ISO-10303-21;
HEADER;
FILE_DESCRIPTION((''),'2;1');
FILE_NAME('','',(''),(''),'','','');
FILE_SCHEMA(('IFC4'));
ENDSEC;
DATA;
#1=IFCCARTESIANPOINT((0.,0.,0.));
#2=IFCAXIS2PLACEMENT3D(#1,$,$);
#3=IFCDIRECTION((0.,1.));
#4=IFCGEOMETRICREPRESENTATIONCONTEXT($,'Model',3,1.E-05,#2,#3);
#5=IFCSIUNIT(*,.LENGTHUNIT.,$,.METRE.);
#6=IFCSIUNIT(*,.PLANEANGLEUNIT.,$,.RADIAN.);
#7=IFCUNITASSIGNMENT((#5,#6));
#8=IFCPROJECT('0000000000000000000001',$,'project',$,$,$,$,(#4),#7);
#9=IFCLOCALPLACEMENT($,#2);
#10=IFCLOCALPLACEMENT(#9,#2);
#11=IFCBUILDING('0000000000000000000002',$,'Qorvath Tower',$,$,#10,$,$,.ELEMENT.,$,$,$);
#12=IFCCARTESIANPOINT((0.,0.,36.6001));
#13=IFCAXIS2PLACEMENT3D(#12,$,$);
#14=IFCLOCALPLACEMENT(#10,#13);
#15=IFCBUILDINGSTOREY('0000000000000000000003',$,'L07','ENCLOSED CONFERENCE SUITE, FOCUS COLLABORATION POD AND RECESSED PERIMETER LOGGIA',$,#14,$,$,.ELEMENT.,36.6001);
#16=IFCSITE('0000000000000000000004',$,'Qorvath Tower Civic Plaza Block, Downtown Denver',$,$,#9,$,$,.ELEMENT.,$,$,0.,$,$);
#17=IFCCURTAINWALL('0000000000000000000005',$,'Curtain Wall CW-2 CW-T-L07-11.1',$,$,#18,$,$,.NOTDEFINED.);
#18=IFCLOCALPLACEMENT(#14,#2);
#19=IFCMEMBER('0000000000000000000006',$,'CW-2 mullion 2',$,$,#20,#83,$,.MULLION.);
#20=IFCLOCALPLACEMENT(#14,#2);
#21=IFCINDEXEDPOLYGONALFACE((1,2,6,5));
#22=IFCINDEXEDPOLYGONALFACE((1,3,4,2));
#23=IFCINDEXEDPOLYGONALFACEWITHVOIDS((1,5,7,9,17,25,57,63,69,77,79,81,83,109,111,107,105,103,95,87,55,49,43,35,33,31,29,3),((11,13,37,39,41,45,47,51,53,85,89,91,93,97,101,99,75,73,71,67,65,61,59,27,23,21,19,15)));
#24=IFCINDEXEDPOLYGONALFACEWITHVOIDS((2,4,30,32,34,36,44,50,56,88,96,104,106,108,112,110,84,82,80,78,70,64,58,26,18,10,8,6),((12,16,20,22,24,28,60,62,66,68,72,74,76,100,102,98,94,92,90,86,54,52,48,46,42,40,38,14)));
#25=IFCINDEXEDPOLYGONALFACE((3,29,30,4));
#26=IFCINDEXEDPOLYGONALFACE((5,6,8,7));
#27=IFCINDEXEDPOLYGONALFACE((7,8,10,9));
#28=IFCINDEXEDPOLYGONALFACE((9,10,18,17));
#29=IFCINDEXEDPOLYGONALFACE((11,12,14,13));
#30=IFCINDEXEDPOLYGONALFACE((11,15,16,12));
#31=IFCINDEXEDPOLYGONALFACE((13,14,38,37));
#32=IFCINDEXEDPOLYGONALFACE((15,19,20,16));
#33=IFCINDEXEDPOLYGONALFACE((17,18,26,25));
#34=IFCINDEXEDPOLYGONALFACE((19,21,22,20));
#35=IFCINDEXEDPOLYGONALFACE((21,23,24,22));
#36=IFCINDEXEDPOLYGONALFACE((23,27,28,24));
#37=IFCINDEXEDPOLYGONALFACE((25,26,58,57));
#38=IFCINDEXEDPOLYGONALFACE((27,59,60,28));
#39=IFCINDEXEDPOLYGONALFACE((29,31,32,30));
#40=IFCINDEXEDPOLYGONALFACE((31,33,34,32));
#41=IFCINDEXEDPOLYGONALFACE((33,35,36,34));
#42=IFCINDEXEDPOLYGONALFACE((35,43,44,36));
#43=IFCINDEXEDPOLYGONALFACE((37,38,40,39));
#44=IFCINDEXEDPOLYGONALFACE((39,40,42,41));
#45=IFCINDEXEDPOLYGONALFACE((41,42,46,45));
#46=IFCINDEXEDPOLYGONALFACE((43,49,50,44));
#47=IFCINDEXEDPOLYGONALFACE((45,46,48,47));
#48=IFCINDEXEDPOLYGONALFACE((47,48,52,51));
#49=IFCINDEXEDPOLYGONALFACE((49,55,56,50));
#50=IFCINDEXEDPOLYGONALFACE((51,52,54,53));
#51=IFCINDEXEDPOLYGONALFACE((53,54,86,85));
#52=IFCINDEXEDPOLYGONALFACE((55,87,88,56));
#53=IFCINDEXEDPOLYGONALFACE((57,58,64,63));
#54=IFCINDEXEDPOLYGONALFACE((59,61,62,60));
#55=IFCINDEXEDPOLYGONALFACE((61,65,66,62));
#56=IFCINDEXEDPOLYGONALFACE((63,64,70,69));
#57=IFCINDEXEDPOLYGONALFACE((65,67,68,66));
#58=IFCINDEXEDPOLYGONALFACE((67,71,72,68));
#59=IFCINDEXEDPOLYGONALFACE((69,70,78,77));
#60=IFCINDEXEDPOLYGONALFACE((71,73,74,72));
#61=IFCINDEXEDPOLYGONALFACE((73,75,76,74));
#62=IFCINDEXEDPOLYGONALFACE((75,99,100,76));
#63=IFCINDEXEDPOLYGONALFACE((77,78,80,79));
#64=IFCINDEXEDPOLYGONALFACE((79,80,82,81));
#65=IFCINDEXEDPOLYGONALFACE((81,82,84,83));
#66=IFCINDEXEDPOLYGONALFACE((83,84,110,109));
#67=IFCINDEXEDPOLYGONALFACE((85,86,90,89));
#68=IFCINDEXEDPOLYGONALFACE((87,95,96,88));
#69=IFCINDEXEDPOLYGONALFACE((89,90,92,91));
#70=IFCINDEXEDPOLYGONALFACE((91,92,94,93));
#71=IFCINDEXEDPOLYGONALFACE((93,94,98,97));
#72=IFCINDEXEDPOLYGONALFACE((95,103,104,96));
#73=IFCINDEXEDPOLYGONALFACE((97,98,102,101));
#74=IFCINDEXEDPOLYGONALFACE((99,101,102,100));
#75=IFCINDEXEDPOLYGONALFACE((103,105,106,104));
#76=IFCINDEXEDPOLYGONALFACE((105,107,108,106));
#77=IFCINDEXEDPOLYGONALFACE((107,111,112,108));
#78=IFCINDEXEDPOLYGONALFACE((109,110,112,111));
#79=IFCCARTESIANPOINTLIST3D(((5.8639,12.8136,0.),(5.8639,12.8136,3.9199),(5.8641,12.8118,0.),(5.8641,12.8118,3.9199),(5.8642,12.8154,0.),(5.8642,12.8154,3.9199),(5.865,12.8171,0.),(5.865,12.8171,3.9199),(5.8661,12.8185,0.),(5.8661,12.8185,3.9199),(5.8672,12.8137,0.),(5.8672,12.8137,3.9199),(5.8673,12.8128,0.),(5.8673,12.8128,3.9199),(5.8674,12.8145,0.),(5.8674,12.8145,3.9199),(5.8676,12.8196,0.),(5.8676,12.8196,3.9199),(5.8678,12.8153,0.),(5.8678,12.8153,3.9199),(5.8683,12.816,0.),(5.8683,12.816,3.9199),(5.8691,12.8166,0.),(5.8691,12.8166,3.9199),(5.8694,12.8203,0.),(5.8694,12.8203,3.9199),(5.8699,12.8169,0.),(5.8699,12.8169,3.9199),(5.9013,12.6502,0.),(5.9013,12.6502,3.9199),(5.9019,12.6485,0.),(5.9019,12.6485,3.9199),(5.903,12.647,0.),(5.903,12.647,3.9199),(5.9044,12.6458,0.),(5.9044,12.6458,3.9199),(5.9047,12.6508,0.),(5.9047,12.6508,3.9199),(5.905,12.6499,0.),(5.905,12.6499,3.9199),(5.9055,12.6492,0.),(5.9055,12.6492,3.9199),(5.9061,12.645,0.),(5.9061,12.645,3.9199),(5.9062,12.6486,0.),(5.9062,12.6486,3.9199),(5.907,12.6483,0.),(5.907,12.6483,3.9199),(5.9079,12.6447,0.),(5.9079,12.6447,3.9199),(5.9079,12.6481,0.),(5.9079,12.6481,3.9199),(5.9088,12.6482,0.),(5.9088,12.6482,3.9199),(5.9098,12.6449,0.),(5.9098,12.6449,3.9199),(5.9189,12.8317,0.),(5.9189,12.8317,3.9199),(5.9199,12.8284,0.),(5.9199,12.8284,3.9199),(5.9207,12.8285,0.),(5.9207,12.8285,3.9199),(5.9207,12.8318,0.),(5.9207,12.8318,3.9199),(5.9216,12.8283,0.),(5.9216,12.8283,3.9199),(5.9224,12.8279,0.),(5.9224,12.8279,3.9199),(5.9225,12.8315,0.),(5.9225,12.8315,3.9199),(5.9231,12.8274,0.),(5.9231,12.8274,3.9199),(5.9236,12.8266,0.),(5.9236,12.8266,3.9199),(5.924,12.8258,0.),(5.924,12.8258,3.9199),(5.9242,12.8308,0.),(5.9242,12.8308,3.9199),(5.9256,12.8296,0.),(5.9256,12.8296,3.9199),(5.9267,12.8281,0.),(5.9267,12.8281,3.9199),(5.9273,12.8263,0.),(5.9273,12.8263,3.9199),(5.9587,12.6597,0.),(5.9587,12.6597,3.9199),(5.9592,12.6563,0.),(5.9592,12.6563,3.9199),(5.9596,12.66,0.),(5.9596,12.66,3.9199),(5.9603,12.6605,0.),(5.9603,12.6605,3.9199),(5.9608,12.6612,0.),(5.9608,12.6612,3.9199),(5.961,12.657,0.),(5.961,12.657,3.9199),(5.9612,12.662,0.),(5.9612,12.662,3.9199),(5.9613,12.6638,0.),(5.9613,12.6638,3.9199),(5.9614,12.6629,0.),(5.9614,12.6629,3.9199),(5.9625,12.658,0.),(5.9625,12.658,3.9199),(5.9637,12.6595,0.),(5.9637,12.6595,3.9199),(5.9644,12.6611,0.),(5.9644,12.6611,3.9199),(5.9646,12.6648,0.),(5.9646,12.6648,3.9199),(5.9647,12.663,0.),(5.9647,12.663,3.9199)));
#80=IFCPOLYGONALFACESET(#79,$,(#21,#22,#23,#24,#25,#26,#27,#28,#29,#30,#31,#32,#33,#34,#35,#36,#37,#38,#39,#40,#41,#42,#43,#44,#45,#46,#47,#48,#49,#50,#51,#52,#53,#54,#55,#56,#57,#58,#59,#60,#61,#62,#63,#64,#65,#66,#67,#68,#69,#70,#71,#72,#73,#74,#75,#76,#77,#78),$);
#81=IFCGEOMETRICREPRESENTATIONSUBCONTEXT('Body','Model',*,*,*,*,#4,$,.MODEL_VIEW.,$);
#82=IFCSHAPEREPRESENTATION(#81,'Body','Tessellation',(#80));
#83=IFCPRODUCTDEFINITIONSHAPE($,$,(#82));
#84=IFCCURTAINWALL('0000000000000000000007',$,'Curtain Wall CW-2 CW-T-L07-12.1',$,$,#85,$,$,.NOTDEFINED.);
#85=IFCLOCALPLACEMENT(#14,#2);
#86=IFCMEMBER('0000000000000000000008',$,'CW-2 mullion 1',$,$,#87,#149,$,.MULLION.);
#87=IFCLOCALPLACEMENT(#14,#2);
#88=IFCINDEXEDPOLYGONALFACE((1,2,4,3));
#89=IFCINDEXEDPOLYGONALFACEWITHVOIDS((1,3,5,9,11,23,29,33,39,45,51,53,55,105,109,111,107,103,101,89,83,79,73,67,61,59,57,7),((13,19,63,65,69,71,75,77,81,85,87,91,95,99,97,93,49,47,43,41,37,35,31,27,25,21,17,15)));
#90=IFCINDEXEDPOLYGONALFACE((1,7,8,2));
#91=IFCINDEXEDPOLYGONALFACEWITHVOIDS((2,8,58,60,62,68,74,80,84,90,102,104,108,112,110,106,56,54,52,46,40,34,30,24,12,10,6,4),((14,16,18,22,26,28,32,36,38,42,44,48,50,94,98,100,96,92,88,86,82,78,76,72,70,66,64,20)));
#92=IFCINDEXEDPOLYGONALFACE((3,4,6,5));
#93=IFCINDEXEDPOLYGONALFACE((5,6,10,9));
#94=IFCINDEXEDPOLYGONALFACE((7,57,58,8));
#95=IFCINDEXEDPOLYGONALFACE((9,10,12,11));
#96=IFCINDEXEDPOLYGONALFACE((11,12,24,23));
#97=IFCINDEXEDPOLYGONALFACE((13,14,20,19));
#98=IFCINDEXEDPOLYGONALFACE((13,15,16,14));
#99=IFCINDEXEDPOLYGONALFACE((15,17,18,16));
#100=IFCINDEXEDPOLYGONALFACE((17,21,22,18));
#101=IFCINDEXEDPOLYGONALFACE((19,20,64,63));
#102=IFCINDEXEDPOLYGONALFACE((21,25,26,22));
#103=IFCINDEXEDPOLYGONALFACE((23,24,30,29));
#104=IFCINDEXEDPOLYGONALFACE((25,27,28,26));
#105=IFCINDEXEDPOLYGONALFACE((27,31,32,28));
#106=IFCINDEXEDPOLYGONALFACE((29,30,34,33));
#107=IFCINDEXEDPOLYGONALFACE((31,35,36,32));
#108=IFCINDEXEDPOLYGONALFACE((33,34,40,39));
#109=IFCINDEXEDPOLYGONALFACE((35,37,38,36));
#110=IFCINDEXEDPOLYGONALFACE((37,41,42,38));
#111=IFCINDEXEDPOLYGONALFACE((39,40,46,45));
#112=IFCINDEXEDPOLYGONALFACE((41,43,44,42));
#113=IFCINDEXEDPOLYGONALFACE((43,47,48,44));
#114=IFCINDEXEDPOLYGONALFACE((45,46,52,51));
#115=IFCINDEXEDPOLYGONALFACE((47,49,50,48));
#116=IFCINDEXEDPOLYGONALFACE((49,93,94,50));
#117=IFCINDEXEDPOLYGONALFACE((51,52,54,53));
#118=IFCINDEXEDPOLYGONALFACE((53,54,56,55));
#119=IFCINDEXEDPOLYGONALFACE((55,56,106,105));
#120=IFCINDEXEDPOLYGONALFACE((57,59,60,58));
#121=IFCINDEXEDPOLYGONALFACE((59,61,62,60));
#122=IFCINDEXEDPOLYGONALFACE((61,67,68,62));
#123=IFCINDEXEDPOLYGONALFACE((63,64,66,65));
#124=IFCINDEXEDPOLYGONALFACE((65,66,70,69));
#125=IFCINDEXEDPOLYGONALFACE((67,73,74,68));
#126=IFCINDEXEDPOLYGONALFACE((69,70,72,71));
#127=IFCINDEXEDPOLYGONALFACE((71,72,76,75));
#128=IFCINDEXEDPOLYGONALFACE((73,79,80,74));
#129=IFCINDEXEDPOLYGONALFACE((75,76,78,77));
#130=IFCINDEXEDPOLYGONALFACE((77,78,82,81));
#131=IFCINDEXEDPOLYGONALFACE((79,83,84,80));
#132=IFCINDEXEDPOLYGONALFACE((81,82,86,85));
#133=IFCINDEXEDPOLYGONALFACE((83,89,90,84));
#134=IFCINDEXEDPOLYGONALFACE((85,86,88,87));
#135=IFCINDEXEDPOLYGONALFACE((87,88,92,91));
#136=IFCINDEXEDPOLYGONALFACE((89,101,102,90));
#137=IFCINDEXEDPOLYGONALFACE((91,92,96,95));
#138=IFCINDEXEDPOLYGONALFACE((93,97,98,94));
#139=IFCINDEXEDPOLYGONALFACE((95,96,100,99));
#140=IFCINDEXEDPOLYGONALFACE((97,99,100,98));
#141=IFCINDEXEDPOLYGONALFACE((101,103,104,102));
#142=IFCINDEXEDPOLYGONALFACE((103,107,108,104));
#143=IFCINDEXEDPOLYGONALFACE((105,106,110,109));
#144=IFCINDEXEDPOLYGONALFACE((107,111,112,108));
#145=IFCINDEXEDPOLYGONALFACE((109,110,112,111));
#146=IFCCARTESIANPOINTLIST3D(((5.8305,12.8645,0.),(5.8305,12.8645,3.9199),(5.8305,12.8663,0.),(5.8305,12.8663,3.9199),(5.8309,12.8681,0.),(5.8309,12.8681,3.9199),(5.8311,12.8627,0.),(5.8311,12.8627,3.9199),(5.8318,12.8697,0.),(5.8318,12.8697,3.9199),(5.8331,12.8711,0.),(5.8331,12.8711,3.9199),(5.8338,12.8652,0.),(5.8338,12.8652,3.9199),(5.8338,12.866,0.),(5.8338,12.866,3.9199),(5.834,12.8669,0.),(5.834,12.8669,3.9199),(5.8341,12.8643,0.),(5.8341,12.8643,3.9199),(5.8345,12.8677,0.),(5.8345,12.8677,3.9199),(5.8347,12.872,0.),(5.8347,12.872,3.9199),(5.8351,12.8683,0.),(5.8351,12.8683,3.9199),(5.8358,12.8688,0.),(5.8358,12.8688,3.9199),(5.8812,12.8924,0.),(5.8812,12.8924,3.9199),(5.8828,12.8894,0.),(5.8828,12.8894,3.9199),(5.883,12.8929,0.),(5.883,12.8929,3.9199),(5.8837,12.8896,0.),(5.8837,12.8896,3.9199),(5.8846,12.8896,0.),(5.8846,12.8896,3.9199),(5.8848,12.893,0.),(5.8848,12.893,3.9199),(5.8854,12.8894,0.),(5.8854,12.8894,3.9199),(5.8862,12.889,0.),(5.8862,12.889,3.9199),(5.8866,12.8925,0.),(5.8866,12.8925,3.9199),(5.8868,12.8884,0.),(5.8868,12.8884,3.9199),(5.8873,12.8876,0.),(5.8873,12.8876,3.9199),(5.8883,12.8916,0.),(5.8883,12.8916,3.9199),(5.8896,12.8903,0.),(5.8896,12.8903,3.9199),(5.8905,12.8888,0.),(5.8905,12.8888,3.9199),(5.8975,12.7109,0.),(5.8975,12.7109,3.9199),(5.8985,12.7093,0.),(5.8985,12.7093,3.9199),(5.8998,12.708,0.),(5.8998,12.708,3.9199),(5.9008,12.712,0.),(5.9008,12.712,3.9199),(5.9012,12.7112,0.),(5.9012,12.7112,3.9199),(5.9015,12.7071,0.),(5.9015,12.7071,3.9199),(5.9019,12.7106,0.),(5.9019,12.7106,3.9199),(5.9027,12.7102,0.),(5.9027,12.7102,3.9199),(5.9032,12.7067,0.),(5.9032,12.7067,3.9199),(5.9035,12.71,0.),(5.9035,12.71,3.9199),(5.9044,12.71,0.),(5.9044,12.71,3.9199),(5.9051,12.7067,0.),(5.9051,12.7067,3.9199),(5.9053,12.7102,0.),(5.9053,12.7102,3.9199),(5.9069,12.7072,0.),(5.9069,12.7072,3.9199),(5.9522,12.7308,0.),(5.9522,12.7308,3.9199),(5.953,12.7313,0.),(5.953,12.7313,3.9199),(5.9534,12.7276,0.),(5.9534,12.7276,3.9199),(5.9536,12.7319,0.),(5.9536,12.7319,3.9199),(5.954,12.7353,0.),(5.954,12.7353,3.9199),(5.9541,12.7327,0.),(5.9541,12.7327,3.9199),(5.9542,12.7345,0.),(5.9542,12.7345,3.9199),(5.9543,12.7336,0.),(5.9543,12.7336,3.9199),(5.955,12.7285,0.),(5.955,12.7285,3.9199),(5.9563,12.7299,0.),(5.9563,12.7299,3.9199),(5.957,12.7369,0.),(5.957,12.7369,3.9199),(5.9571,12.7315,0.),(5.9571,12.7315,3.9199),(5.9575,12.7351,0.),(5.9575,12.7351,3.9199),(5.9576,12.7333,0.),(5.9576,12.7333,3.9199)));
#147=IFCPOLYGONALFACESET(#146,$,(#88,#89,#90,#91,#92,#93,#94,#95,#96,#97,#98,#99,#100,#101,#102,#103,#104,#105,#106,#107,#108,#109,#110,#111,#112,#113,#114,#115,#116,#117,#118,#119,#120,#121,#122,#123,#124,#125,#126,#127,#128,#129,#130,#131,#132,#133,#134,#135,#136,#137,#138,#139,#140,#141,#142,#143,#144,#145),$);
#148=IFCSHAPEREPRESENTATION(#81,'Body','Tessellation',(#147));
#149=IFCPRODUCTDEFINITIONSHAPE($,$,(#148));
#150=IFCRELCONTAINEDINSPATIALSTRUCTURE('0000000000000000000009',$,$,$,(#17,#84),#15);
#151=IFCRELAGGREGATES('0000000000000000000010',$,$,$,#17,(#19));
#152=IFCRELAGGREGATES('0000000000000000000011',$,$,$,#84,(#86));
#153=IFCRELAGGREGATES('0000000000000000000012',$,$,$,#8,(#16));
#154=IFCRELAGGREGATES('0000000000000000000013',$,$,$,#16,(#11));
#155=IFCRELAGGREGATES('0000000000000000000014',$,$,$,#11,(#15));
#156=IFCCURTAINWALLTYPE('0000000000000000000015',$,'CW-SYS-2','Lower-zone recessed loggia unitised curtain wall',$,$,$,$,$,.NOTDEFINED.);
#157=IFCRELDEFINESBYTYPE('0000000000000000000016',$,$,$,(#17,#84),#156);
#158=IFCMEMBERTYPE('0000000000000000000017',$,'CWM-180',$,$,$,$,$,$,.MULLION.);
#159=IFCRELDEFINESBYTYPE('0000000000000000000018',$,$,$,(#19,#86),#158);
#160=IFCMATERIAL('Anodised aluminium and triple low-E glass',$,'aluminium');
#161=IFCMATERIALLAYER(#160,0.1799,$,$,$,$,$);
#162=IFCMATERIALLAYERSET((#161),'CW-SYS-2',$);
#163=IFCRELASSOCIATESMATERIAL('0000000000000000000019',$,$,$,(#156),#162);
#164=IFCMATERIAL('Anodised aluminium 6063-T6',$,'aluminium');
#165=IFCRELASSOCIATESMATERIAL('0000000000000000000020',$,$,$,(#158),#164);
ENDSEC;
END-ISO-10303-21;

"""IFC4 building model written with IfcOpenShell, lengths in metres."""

from ifc_helpers import new_model, si_unit, direction, frame, origin, origin_2d, place, context, subcontext, project, spatial, hollow_rectangle, extrude, material, layer, layer_set, material_profile, profile_set, type_object, element, aggregate, save


model = new_model("IFC4")

# Units and contexts
model_context = context("Model", 3, precision=1e-05, world=origin(), true_north=direction((0.0, 1.0)))
body_context = subcontext(model_context, "Body", "Model", "MODEL_VIEW")
ifc_project = project(units=[si_unit("LENGTHUNIT", "METRE"), si_unit("PLANEANGLEUNIT", "RADIAN")], contexts=[model_context])

# Site, building, storey
site_placement = place(None, origin())
site = spatial("IfcSite", under=ifc_project, at=site_placement, Name="Qorvath Tower Civic Plaza Block, Downtown Denver", CompositionType="ELEMENT", RefElevation=0.0)
building_placement = place(site_placement, origin())
building = spatial("IfcBuilding", under=site, at=building_placement, Name="Qorvath Tower", CompositionType="ELEMENT")
storey_placement = place(building_placement, frame((0.0, 0.0, 36.6001)))
storey = spatial("IfcBuildingStorey", under=building, at=storey_placement, Name="L07", Description="ENCLOSED CONFERENCE SUITE, FOCUS COLLABORATION POD AND RECESSED PERIMETER LOGGIA", CompositionType="ELEMENT", Elevation=36.6001)

# Curtain wall, member
ifc_material_1 = material(Name="Anodised aluminium and triple low-E glass", Category="aluminium")
ifc_layer_1 = layer(ifc_material_1, 0.1799)
ifc_layer_set_1 = layer_set([ifc_layer_1], Name="CW-SYS-2")
curtain_wall_type = type_object("IfcCurtainWallType", Name="CW-SYS-2", Description="Lower-zone recessed loggia unitised curtain wall", PredefinedType="NOTDEFINED", material=ifc_layer_set_1)
curtain_wall_1_placement = place(storey_placement, origin())
curtain_wall_1 = element("IfcCurtainWall", 1, at=curtain_wall_1_placement, inside=storey, type_object=curtain_wall_type, Name="Curtain Wall CW-2 CW-T-L07-11.1", PredefinedType="NOTDEFINED")
ifc_material_2 = material(Name="Anodised aluminium 6063-T6", Category="aluminium")
ifc_material_profile_1 = material_profile(ifc_material_2, hollow_rectangle(XDim=0.0649, YDim=0.1799, WallThickness=0.0034, InnerFilletRadius=0.0034, OuterFilletRadius=0.0071, at=origin_2d()), Name="CWM 180x65")
ifc_profile_set_1 = profile_set([ifc_material_profile_1], Name="Anodised aluminium 6063-T6")
member_type_1 = type_object("IfcMemberType", Name="CWM-180", PredefinedType="MULLION", material=ifc_profile_set_1)
member_1_placement = place(storey_placement, frame((5.9143, 12.7383, 0.0), z_axis=(0.0, 0.0, 1.0), x_axis=(-0.974481, -0.224471, 0.0)))
member_1 = element("IfcMember", 2, at=member_1_placement, type_object=member_type_1, Name="CW-2 mullion 2", PredefinedType="MULLION", context=body_context, shape_type="SweptSolid", body=[
    extrude(hollow_rectangle(XDim=0.0649, YDim=0.1799, WallThickness=0.0034, InnerFilletRadius=0.0034, OuterFilletRadius=0.0071, at=origin_2d()), origin(), (0.0, 0.0, 1.0), 3.9199),
])

# Curtain wall, member
curtain_wall_2_placement = place(storey_placement, origin())
curtain_wall_2 = element("IfcCurtainWall", 3, at=curtain_wall_2_placement, inside=storey, type_object=curtain_wall_type, Name="Curtain Wall CW-2 CW-T-L07-12.1", PredefinedType="NOTDEFINED")
member_2_placement = place(storey_placement, frame((5.894, 12.7998, 0.0), z_axis=(0.0, 0.0, 1.0), x_axis=(-0.916026, -0.401118, 0.0)))
member_2 = element("IfcMember", 4, at=member_2_placement, type_object=member_type_1, Name="CW-2 mullion 1", PredefinedType="MULLION", context=body_context, shape_type="SweptSolid", body=[
    extrude(hollow_rectangle(XDim=0.0649, YDim=0.1799, WallThickness=0.0034, InnerFilletRadius=0.0034, OuterFilletRadius=0.0071, at=origin_2d()), origin(), (0.0, 0.0, 1.0), 3.9199),
])

aggregate(curtain_wall_1, [member_1])
aggregate(curtain_wall_2, [member_2])

save(model, "model.ifc")
